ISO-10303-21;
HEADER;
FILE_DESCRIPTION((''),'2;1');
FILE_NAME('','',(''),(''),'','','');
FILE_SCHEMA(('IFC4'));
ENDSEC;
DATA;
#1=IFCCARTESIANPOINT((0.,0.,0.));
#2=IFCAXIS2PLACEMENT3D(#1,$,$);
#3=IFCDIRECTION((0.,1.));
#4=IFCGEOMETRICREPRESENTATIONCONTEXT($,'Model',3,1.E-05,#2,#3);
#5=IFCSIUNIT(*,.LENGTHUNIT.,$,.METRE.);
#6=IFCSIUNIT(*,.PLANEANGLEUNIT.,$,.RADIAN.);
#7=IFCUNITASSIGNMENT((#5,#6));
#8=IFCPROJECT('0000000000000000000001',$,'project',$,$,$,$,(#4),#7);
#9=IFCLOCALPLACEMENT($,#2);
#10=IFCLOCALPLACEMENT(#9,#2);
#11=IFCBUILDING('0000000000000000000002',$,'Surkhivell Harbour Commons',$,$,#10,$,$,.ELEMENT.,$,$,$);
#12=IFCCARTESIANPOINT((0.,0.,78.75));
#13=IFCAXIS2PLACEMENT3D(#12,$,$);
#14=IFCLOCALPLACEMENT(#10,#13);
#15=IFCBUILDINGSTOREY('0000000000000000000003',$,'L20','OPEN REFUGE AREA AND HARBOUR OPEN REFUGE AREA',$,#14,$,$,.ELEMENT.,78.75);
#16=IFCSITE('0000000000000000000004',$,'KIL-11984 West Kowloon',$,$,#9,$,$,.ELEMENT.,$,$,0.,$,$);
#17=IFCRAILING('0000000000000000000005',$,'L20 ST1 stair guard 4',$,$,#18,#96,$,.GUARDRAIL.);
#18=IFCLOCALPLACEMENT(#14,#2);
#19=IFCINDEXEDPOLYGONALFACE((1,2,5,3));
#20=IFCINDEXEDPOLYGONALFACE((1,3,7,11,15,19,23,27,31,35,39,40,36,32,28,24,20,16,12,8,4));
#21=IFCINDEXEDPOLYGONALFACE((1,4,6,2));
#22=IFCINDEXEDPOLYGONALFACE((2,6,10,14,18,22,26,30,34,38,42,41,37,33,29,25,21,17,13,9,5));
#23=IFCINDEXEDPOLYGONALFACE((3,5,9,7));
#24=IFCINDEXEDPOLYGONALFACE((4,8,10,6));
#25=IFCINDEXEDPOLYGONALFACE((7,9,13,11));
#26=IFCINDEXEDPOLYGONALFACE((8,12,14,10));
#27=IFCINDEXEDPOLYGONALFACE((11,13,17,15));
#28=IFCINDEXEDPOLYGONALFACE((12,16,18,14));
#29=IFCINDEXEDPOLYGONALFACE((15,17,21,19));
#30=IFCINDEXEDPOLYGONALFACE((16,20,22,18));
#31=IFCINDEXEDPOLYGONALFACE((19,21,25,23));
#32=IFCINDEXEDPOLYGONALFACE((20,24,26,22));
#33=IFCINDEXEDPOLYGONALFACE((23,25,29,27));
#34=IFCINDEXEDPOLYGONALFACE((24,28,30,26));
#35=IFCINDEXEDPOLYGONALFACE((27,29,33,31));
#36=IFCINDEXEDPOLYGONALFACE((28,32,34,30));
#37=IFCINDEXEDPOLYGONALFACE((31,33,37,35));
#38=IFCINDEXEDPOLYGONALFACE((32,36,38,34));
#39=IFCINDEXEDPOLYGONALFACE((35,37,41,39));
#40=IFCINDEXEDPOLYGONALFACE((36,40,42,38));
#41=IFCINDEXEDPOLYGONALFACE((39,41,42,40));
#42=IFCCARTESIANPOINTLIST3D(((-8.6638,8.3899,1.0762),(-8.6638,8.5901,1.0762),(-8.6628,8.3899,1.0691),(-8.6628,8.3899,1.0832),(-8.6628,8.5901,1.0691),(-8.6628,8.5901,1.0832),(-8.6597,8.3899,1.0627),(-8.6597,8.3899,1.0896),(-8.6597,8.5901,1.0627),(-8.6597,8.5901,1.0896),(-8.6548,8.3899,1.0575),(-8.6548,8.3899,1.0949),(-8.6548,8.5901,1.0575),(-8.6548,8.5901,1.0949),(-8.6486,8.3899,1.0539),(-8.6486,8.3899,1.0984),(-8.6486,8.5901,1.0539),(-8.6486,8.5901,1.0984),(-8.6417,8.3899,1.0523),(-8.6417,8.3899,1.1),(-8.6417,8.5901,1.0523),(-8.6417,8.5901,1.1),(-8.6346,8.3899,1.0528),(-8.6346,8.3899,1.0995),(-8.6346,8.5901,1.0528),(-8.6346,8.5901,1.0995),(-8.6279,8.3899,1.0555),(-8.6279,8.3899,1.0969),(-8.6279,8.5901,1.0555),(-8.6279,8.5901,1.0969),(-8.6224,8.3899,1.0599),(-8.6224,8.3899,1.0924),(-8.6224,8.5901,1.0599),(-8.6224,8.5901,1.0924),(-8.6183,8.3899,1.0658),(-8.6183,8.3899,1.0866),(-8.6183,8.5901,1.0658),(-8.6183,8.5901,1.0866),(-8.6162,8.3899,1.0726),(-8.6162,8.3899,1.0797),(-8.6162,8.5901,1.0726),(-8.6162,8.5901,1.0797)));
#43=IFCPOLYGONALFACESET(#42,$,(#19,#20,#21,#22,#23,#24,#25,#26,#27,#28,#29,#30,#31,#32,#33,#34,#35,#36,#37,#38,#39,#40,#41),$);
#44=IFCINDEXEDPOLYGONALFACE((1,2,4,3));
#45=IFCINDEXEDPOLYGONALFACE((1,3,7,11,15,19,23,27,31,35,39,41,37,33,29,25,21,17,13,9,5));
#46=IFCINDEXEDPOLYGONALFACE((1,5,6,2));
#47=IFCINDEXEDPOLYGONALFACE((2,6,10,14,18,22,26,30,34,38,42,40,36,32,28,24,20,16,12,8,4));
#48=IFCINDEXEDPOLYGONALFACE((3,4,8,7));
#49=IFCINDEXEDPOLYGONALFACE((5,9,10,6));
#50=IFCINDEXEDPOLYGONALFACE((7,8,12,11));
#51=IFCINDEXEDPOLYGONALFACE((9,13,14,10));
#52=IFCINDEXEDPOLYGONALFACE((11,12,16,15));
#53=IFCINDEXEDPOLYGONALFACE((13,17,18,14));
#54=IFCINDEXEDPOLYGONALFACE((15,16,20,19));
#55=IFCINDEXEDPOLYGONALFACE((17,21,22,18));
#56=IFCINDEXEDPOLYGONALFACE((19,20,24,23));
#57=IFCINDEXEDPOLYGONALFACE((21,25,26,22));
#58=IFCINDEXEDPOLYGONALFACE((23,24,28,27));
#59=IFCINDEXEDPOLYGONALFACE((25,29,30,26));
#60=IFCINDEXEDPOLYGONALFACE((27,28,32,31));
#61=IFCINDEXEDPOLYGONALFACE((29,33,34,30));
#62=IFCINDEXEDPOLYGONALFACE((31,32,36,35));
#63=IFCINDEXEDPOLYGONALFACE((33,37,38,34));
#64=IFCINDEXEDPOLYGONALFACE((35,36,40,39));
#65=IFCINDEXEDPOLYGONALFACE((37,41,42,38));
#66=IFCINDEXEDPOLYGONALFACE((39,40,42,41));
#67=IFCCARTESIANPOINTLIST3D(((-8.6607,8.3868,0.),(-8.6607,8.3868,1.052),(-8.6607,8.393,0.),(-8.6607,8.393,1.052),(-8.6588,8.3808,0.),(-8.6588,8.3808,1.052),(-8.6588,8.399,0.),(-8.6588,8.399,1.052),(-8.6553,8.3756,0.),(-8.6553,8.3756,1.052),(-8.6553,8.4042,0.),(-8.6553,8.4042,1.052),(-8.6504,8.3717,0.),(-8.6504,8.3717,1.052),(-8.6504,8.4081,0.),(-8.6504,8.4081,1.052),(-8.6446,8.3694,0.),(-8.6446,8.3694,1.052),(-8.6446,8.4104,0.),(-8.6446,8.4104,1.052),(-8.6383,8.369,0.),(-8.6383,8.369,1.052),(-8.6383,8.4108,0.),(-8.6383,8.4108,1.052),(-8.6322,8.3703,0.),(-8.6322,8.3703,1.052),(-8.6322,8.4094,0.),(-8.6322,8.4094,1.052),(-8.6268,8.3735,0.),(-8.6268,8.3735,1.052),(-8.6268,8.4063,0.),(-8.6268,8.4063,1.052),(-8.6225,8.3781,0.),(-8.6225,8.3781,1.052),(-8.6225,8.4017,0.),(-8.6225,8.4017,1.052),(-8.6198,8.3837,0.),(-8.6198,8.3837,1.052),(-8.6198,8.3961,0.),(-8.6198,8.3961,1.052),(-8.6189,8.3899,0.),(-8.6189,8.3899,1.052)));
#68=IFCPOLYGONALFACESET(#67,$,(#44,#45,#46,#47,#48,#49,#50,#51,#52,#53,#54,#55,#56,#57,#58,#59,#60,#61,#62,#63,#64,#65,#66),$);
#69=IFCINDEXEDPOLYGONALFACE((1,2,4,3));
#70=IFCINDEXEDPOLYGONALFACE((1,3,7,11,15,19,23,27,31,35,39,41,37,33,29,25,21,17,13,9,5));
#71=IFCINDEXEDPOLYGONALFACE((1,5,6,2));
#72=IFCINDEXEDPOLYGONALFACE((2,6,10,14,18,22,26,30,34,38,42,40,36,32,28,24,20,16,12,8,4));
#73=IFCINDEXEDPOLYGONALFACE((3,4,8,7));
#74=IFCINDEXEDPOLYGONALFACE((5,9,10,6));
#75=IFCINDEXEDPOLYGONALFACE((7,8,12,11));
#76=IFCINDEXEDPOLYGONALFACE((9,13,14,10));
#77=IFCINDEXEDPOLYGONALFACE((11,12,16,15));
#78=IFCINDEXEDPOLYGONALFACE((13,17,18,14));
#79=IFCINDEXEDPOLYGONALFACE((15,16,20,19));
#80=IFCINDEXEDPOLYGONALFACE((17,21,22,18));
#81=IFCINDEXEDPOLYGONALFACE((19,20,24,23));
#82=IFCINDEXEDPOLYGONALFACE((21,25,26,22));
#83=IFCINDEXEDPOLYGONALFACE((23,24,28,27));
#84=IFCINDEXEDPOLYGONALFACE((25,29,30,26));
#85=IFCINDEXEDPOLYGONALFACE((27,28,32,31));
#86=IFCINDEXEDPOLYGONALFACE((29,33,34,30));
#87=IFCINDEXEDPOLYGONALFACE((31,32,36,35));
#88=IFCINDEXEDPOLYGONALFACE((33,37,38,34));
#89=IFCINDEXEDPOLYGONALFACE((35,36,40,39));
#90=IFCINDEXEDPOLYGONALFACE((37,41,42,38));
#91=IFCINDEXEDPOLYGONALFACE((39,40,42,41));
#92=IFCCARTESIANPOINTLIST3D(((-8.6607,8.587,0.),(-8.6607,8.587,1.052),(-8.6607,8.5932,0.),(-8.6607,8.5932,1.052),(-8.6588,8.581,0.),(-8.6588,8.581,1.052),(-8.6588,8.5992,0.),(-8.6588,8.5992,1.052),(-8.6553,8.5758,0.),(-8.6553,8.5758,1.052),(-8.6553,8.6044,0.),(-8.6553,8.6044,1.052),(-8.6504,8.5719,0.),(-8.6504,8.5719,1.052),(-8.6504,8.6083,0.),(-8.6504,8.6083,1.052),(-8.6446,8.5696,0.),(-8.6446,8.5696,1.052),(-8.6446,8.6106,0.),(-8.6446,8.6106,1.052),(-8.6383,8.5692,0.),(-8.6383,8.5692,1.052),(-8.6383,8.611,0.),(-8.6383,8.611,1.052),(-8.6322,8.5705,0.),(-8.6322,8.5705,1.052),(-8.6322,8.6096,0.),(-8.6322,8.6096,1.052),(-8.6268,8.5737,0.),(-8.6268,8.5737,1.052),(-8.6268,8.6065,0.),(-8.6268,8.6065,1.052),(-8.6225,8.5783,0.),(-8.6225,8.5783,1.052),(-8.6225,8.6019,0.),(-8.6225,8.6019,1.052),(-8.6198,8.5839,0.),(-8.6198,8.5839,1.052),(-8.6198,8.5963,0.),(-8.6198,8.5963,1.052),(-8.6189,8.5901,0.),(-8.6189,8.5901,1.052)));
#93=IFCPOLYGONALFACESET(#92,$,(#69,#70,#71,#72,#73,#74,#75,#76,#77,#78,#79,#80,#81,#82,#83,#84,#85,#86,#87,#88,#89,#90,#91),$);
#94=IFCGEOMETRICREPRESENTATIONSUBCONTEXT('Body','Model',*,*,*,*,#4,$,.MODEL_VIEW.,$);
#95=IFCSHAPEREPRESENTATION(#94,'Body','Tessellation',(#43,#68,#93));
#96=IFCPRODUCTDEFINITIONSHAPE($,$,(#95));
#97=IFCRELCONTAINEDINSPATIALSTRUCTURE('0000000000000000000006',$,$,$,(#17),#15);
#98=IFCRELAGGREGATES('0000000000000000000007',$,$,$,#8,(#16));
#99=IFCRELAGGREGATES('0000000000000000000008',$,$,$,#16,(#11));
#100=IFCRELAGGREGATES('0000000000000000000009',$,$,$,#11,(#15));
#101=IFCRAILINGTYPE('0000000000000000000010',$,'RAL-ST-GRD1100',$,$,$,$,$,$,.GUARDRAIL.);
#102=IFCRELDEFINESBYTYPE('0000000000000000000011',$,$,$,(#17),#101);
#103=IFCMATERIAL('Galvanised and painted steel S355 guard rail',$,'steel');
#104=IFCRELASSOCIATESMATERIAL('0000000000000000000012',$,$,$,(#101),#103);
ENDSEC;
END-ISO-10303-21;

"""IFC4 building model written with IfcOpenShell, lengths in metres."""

from ifc_helpers import new_model, si_unit, direction, frame, origin, origin_2d, place, context, subcontext, project, spatial, circle, extrude, material, type_object, element, save


model = new_model("IFC4")

# Units and contexts
model_context = context("Model", 3, precision=1e-05, world=origin(), true_north=direction((0.0, 1.0)))
body_context = subcontext(model_context, "Body", "Model", "MODEL_VIEW")
ifc_project = project(units=[si_unit("LENGTHUNIT", "METRE"), si_unit("PLANEANGLEUNIT", "RADIAN")], contexts=[model_context])

# Site, building, storey
site_placement = place(None, origin())
site = spatial("IfcSite", under=ifc_project, at=site_placement, Name="KIL-11984 West Kowloon", CompositionType="ELEMENT", RefElevation=0.0)
building_placement = place(site_placement, origin())
building = spatial("IfcBuilding", under=site, at=building_placement, Name="Surkhivell Harbour Commons", CompositionType="ELEMENT")
storey_placement = place(building_placement, frame((0.0, 0.0, 78.75)))
storey = spatial("IfcBuildingStorey", under=building, at=storey_placement, Name="L20", Description="OPEN REFUGE AREA AND HARBOUR OPEN REFUGE AREA", CompositionType="ELEMENT", Elevation=78.75)

# Railing
ifc_material_1 = material(Name="Galvanised and painted steel S355 guard rail", Category="steel")
railing_type_1 = type_object("IfcRailingType", Name="RAL-ST-GRD1100", PredefinedType="GUARDRAIL", material=ifc_material_1)
railing_1_placement = place(storey_placement, frame((-8.6399, 8.3899, 0.0)))
element("IfcRailing", 1, at=railing_1_placement, inside=storey, type_object=railing_type_1, Name="L20 ST1 stair guard 4", PredefinedType="GUARDRAIL", context=body_context, shape_type="SweptSolid", body=[
    extrude(circle(Radius=0.0239, at=origin_2d()), frame((0.0, 0.0, 1.0762), z_axis=(0.0, 1.0, 0.0), x_axis=(-1.0, 0.0, 0.0)), (0.0, 0.0, 1.0), 0.2002),
    extrude(circle(Radius=0.021, at=origin_2d()), origin(), (0.0, 0.0, 1.0), 1.052),
    extrude(circle(Radius=0.021, at=origin_2d()), frame((0.0, 0.2002, 0.0)), (0.0, 0.0, 1.0), 1.052),
])

save(model, "model.ifc")
